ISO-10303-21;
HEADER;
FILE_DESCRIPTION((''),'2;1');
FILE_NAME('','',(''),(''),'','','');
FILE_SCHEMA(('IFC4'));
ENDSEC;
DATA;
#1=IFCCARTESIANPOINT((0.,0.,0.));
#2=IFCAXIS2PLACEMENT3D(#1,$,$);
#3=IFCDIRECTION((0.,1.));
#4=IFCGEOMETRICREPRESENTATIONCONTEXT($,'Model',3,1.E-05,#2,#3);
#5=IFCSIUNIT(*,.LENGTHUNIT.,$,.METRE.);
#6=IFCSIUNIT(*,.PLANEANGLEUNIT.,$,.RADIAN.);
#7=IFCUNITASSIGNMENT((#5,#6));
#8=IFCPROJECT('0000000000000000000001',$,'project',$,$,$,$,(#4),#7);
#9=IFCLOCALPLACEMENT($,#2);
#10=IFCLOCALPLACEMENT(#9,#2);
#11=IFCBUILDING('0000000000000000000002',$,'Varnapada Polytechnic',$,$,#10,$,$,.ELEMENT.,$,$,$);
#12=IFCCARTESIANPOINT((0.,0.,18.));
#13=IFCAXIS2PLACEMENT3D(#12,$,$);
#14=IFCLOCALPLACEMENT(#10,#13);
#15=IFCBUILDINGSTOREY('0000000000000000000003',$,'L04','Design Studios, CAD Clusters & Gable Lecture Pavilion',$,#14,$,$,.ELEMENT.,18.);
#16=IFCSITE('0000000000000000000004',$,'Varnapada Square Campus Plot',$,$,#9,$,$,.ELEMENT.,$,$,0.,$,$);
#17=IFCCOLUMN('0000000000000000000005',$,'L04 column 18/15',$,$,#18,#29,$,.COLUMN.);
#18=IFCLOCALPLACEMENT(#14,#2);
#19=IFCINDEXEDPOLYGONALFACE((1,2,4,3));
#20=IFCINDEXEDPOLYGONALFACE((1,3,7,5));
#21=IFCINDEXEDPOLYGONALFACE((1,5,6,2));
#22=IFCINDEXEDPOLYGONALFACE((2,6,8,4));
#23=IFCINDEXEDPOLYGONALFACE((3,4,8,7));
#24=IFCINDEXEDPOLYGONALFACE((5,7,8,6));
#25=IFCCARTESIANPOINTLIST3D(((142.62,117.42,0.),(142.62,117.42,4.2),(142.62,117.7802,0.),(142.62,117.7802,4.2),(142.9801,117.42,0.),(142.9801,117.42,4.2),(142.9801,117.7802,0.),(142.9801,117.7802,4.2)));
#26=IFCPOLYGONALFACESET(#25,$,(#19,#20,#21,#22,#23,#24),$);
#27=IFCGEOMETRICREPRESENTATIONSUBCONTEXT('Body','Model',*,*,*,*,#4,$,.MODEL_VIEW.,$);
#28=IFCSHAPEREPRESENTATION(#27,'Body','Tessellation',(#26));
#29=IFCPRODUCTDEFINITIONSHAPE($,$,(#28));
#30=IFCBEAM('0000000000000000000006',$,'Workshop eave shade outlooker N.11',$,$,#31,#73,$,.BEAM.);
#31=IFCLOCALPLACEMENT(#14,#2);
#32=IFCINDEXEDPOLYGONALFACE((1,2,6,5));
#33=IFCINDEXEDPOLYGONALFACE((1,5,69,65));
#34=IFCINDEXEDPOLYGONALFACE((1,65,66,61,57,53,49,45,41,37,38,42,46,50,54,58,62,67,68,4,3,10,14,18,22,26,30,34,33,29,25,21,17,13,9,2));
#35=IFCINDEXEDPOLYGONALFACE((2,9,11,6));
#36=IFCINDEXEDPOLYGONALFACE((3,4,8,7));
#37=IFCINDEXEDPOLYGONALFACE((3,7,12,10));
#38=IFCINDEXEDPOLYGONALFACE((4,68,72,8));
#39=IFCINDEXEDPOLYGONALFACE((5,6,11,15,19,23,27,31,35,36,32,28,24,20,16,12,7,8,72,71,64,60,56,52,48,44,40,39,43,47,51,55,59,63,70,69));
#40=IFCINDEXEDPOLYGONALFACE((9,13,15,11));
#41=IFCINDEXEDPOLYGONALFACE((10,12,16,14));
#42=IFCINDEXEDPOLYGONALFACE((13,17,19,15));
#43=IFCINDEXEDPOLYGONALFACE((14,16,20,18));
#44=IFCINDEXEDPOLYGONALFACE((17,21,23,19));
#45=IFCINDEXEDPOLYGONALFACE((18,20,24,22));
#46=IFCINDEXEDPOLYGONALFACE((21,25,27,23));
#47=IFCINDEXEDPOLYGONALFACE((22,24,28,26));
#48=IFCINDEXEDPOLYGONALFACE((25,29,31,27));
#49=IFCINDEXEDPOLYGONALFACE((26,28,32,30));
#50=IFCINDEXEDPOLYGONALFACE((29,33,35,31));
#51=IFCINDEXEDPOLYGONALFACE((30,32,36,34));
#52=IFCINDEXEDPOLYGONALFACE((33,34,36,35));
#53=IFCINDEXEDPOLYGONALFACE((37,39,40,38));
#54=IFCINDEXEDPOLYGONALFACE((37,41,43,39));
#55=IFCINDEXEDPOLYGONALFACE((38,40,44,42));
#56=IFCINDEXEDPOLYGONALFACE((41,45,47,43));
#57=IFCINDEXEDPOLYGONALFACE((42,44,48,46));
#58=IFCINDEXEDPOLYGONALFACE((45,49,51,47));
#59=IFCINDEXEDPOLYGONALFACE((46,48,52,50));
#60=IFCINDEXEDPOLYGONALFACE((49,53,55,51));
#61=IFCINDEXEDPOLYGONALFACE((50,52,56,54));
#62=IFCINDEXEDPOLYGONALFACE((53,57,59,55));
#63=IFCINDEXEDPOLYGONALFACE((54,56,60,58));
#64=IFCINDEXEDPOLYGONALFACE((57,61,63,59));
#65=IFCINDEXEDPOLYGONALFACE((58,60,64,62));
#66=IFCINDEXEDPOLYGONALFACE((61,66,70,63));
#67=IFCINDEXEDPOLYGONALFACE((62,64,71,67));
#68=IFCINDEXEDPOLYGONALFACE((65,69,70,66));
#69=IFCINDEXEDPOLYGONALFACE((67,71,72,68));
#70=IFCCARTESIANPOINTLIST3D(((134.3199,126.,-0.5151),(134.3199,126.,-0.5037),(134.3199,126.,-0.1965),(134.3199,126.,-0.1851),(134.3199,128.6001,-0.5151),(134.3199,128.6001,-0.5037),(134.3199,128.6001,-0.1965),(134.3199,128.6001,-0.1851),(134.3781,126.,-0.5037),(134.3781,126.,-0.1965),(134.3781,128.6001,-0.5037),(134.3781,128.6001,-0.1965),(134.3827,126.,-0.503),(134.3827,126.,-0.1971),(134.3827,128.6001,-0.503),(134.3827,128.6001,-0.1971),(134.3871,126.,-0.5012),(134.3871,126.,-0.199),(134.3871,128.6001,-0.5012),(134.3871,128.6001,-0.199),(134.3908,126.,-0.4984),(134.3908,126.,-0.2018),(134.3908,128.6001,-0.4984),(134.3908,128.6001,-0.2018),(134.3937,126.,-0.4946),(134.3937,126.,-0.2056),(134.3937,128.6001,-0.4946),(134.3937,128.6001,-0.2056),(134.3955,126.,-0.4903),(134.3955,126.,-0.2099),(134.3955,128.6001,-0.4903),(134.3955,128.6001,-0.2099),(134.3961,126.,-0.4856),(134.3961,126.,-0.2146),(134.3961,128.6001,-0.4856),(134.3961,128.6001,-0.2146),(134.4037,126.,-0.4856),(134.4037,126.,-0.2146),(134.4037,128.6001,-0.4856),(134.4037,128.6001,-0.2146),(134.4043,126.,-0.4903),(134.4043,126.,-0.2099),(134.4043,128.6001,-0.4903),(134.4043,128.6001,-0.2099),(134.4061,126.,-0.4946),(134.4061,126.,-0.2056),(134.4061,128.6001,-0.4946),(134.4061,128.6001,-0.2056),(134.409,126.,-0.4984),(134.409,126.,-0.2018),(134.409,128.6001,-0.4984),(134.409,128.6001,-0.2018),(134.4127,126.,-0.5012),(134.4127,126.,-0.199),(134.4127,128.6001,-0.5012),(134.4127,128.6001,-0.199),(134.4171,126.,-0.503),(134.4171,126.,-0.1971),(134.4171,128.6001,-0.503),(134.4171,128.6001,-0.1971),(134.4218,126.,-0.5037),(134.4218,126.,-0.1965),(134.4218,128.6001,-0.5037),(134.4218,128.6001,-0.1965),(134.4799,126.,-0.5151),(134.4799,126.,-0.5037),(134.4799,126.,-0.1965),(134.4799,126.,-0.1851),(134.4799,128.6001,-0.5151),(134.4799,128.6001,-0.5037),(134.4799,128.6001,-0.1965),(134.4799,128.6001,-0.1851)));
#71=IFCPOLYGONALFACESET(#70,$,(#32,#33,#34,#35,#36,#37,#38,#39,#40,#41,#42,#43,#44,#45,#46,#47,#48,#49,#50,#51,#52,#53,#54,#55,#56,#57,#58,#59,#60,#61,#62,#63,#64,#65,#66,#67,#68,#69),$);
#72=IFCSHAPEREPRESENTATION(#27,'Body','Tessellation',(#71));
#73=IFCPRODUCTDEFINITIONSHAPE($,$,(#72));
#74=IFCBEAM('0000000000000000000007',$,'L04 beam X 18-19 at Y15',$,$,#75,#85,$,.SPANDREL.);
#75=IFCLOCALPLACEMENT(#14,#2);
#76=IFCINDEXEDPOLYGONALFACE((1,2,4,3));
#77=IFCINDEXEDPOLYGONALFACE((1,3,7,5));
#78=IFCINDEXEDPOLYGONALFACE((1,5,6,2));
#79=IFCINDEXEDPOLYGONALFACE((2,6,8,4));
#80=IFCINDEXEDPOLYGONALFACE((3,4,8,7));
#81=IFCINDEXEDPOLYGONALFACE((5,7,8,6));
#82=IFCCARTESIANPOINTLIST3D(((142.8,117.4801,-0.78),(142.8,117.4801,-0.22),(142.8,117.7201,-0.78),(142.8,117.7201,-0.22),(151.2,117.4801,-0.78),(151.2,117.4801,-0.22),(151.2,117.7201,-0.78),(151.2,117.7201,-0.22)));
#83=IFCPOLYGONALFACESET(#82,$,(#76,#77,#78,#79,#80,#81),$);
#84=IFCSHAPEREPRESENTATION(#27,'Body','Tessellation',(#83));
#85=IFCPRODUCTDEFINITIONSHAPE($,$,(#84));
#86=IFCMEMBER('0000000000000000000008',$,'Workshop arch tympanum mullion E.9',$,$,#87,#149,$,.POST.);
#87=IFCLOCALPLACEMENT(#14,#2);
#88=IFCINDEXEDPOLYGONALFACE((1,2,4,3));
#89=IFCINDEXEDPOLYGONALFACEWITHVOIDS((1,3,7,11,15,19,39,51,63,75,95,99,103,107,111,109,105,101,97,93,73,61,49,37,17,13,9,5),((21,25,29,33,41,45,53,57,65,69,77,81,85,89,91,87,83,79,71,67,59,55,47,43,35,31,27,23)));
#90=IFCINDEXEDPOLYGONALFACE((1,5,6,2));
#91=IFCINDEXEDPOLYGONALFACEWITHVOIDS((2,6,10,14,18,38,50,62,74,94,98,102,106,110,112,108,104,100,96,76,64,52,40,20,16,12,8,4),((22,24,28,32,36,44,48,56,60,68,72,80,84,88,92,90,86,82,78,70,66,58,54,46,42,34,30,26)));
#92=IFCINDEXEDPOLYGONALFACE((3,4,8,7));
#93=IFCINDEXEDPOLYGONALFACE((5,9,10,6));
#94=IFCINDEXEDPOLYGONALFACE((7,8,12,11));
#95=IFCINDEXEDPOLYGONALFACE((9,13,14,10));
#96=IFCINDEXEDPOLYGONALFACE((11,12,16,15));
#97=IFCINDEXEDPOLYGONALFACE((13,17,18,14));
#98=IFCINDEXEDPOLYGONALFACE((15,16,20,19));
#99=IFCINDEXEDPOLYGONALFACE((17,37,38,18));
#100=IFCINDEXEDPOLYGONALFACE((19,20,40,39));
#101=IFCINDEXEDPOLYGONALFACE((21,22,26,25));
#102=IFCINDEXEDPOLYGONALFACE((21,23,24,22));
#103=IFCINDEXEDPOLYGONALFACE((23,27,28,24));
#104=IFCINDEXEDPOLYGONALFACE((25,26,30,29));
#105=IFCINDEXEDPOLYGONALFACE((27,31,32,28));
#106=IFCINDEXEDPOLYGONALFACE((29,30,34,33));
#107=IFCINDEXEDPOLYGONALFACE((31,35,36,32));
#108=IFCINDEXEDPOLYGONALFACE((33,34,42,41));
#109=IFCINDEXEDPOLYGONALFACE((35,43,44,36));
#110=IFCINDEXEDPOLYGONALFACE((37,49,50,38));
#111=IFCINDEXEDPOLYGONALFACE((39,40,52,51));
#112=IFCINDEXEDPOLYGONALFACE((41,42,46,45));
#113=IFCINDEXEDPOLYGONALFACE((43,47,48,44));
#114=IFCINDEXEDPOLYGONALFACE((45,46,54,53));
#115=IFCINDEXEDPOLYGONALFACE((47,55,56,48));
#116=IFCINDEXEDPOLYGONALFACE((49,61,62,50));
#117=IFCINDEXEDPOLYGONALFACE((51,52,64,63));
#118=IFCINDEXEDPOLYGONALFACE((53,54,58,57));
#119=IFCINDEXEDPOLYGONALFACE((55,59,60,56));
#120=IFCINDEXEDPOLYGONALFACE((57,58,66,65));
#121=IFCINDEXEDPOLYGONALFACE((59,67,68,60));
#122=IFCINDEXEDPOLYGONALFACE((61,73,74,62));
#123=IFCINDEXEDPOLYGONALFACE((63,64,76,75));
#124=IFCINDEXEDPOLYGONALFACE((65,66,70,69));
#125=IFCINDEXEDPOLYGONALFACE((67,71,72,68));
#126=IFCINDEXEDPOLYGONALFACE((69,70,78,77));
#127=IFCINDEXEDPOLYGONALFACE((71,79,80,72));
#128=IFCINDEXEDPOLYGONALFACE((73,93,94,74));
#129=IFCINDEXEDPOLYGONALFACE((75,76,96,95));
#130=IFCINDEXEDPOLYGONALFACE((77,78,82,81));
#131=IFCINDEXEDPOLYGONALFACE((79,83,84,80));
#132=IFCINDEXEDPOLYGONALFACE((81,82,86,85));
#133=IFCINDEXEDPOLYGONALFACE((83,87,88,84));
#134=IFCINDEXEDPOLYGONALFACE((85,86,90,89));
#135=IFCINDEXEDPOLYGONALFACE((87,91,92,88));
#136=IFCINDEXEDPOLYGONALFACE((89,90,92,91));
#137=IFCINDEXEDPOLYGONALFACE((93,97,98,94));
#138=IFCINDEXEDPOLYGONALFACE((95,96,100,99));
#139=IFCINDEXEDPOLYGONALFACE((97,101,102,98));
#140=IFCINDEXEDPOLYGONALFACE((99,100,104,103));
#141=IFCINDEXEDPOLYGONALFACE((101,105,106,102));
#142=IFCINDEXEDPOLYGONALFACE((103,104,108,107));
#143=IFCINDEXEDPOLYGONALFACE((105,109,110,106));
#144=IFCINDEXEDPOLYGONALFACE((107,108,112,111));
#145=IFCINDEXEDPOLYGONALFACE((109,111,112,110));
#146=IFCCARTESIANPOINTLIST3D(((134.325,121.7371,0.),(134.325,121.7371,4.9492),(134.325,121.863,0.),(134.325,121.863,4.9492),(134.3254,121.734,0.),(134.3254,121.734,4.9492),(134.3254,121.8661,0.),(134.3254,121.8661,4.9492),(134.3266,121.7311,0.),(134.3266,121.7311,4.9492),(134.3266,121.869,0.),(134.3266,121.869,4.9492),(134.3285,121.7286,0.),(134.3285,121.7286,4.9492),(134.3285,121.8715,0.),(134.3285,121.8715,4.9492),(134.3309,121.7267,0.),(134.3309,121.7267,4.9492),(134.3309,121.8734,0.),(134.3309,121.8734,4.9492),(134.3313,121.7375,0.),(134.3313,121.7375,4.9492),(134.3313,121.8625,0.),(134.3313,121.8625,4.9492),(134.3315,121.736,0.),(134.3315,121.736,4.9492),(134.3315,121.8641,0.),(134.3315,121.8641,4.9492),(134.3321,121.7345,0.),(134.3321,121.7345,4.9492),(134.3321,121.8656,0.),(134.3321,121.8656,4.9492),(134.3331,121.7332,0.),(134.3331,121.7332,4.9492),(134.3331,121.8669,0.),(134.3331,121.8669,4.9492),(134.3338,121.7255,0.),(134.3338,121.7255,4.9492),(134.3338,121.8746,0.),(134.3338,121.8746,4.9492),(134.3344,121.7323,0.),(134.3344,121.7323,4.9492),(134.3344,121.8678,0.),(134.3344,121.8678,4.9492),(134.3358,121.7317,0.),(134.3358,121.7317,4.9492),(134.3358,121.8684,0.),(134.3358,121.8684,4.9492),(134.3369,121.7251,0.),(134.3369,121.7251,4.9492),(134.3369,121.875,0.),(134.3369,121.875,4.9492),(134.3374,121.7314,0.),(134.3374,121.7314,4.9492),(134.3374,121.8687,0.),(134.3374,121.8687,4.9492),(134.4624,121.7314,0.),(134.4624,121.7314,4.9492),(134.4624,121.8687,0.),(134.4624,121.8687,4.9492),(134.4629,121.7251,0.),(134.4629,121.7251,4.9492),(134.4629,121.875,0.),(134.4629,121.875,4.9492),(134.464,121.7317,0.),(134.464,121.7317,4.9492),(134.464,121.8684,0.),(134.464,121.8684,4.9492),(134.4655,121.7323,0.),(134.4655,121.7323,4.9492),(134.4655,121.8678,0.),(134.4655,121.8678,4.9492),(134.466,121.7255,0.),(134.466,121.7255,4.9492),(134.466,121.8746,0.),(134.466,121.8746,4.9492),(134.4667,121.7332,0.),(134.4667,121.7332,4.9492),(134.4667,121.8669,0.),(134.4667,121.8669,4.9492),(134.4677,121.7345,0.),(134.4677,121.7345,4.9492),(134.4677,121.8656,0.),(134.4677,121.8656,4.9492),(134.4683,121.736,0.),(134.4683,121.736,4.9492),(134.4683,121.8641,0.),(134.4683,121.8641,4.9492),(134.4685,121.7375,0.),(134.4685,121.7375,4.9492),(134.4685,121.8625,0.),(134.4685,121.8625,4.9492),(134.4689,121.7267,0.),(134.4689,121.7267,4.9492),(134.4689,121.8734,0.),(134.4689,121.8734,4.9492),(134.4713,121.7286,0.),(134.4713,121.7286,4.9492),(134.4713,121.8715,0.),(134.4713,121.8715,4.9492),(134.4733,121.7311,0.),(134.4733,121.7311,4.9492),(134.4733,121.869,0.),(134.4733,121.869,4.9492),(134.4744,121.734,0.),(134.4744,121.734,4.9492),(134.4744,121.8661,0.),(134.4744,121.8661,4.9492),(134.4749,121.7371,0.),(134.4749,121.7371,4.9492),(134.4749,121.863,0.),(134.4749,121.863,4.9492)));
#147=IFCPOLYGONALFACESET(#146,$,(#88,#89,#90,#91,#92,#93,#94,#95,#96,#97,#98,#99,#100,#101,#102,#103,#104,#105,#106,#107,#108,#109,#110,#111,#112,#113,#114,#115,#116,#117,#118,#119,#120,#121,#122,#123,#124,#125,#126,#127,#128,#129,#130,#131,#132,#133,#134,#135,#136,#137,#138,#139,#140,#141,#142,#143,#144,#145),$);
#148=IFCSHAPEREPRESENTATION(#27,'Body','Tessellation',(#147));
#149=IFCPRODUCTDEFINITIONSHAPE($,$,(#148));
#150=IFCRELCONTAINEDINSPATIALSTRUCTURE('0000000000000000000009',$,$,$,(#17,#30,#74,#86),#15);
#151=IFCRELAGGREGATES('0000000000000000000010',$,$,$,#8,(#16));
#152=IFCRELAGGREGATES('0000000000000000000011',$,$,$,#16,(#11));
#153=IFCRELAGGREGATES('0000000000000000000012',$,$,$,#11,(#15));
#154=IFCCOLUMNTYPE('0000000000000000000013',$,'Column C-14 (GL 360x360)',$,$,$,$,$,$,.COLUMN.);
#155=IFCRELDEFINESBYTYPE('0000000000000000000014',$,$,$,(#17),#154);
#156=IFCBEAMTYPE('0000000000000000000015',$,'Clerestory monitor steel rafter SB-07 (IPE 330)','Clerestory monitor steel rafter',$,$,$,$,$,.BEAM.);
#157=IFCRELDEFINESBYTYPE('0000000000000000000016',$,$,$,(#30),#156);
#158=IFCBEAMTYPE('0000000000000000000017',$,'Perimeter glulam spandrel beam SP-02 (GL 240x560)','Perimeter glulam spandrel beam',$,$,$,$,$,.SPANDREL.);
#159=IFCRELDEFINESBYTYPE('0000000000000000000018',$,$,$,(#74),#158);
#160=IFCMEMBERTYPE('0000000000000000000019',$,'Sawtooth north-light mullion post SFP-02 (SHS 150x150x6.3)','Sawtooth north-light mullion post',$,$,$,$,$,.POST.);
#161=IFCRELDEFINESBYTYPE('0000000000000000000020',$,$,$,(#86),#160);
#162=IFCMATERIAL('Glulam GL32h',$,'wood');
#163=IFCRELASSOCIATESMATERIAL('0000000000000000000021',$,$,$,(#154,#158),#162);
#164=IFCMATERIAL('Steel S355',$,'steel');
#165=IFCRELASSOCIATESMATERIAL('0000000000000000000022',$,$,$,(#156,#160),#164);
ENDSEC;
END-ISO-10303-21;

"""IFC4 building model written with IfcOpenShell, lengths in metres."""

from ifc_helpers import new_model, si_unit, direction, frame, origin, origin_2d, place, context, subcontext, project, spatial, rectangle, hollow_rectangle, i_section, extrude, material, material_profile, profile_set, type_object, element, save


model = new_model("IFC4")

# Units and contexts
model_context = context("Model", 3, precision=1e-05, world=origin(), true_north=direction((0.0, 1.0)))
body_context = subcontext(model_context, "Body", "Model", "MODEL_VIEW")
ifc_project = project(units=[si_unit("LENGTHUNIT", "METRE"), si_unit("PLANEANGLEUNIT", "RADIAN")], contexts=[model_context])

# Site, building, storey
site_placement = place(None, origin())
site = spatial("IfcSite", under=ifc_project, at=site_placement, Name="Varnapada Square Campus Plot", CompositionType="ELEMENT", RefElevation=0.0)
building_placement = place(site_placement, origin())
building = spatial("IfcBuilding", under=site, at=building_placement, Name="Varnapada Polytechnic", CompositionType="ELEMENT")
storey_placement = place(building_placement, frame((0.0, 0.0, 18.0)))
storey = spatial("IfcBuildingStorey", under=building, at=storey_placement, Name="L04", Description="Design Studios, CAD Clusters & Gable Lecture Pavilion", CompositionType="ELEMENT", Elevation=18.0)

# Column
ifc_material_1 = material(Name="Glulam GL32h", Category="wood")
ifc_material_profile_1 = material_profile(ifc_material_1, rectangle(XDim=0.3601, YDim=0.3601, at=origin_2d()), Name="GL 360x360")
ifc_profile_set_1 = profile_set([ifc_material_profile_1], Name="Glulam GL32h")
column_type = type_object("IfcColumnType", Name="Column C-14 (GL 360x360)", PredefinedType="COLUMN", material=ifc_profile_set_1)
column_placement = place(storey_placement, frame((142.8, 117.6001, 0.0), z_axis=(0.0, 0.0, 1.0), x_axis=(1.0, 0.0, 0.0)))
element("IfcColumn", 1, at=column_placement, inside=storey, type_object=column_type, Name="L04 column 18/15", PredefinedType="COLUMN", context=body_context, shape_type="SweptSolid", body=[
    extrude(rectangle(XDim=0.3601, YDim=0.3601, at=origin_2d()), origin(), (0.0, 0.0, 1.0), 4.2),
])

# Beams
ifc_material_2 = material(Name="Steel S355", Category="steel")
ifc_material_profile_2 = material_profile(ifc_material_2, i_section(OverallWidth=0.1599, OverallDepth=0.3301, WebThickness=0.0076, FlangeThickness=0.0115, FilletRadius=0.0181, at=origin_2d()), Name="IPE 330")
ifc_profile_set_2 = profile_set([ifc_material_profile_2], Name="Steel S355")
beam_type_1 = type_object("IfcBeamType", Name="Clerestory monitor steel rafter SB-07 (IPE 330)", Description="Clerestory monitor steel rafter", PredefinedType="BEAM", material=ifc_profile_set_2)
beam_1_placement = place(storey_placement, frame((134.3999, 126.0, -0.3501), z_axis=(0.0, 1.0, 0.0), x_axis=(-1.0, 0.0, 0.0)))
element("IfcBeam", 2, at=beam_1_placement, inside=storey, type_object=beam_type_1, Name="Workshop eave shade outlooker N.11", PredefinedType="BEAM", context=body_context, shape_type="SweptSolid", body=[
    extrude(i_section(OverallWidth=0.1599, OverallDepth=0.3301, WebThickness=0.0076, FlangeThickness=0.0115, FilletRadius=0.0181, at=origin_2d()), origin(), (0.0, 0.0, 1.0), 2.6001),
])
ifc_material_profile_3 = material_profile(ifc_material_1, rectangle(XDim=0.24, YDim=0.5601, at=origin_2d()), Name="GL 240x560")
ifc_profile_set_3 = profile_set([ifc_material_profile_3], Name="Glulam GL32h")
beam_type_2 = type_object("IfcBeamType", Name="Perimeter glulam spandrel beam SP-02 (GL 240x560)", Description="Perimeter glulam spandrel beam", PredefinedType="SPANDREL", material=ifc_profile_set_3)
beam_2_placement = place(storey_placement, frame((142.8, 117.6001, -0.5), z_axis=(1.0, 0.0, 0.0), x_axis=(0.0, 1.0, 0.0)))
element("IfcBeam", 3, at=beam_2_placement, inside=storey, type_object=beam_type_2, Name="L04 beam X 18-19 at Y15", PredefinedType="SPANDREL", context=body_context, shape_type="SweptSolid", body=[
    extrude(rectangle(XDim=0.24, YDim=0.5601, at=origin_2d()), origin(), (0.0, 0.0, 1.0), 8.3999),
])

# Member
ifc_material_profile_4 = material_profile(ifc_material_2, hollow_rectangle(XDim=0.1499, YDim=0.1499, WallThickness=0.0063, InnerFilletRadius=0.0061, OuterFilletRadius=0.012, at=origin_2d()), Name="SHS 150x150x6.3")
ifc_profile_set_4 = profile_set([ifc_material_profile_4], Name="Steel S355")
member_type_1 = type_object("IfcMemberType", Name="Sawtooth north-light mullion post SFP-02 (SHS 150x150x6.3)", Description="Sawtooth north-light mullion post", PredefinedType="POST", material=ifc_profile_set_4)
member_1_placement = place(storey_placement, frame((134.3999, 121.8, 0.0), z_axis=(0.0, 0.0, 1.0), x_axis=(1.0, 0.0, 0.0)))
element("IfcMember", 4, at=member_1_placement, inside=storey, type_object=member_type_1, Name="Workshop arch tympanum mullion E.9", PredefinedType="POST", context=body_context, shape_type="SweptSolid", body=[
    extrude(hollow_rectangle(XDim=0.1499, YDim=0.1499, WallThickness=0.0063, InnerFilletRadius=0.0061, OuterFilletRadius=0.012, at=origin_2d()), origin(), (0.0, 0.0, 1.0), 4.9492),
])

save(model, "model.ifc")
